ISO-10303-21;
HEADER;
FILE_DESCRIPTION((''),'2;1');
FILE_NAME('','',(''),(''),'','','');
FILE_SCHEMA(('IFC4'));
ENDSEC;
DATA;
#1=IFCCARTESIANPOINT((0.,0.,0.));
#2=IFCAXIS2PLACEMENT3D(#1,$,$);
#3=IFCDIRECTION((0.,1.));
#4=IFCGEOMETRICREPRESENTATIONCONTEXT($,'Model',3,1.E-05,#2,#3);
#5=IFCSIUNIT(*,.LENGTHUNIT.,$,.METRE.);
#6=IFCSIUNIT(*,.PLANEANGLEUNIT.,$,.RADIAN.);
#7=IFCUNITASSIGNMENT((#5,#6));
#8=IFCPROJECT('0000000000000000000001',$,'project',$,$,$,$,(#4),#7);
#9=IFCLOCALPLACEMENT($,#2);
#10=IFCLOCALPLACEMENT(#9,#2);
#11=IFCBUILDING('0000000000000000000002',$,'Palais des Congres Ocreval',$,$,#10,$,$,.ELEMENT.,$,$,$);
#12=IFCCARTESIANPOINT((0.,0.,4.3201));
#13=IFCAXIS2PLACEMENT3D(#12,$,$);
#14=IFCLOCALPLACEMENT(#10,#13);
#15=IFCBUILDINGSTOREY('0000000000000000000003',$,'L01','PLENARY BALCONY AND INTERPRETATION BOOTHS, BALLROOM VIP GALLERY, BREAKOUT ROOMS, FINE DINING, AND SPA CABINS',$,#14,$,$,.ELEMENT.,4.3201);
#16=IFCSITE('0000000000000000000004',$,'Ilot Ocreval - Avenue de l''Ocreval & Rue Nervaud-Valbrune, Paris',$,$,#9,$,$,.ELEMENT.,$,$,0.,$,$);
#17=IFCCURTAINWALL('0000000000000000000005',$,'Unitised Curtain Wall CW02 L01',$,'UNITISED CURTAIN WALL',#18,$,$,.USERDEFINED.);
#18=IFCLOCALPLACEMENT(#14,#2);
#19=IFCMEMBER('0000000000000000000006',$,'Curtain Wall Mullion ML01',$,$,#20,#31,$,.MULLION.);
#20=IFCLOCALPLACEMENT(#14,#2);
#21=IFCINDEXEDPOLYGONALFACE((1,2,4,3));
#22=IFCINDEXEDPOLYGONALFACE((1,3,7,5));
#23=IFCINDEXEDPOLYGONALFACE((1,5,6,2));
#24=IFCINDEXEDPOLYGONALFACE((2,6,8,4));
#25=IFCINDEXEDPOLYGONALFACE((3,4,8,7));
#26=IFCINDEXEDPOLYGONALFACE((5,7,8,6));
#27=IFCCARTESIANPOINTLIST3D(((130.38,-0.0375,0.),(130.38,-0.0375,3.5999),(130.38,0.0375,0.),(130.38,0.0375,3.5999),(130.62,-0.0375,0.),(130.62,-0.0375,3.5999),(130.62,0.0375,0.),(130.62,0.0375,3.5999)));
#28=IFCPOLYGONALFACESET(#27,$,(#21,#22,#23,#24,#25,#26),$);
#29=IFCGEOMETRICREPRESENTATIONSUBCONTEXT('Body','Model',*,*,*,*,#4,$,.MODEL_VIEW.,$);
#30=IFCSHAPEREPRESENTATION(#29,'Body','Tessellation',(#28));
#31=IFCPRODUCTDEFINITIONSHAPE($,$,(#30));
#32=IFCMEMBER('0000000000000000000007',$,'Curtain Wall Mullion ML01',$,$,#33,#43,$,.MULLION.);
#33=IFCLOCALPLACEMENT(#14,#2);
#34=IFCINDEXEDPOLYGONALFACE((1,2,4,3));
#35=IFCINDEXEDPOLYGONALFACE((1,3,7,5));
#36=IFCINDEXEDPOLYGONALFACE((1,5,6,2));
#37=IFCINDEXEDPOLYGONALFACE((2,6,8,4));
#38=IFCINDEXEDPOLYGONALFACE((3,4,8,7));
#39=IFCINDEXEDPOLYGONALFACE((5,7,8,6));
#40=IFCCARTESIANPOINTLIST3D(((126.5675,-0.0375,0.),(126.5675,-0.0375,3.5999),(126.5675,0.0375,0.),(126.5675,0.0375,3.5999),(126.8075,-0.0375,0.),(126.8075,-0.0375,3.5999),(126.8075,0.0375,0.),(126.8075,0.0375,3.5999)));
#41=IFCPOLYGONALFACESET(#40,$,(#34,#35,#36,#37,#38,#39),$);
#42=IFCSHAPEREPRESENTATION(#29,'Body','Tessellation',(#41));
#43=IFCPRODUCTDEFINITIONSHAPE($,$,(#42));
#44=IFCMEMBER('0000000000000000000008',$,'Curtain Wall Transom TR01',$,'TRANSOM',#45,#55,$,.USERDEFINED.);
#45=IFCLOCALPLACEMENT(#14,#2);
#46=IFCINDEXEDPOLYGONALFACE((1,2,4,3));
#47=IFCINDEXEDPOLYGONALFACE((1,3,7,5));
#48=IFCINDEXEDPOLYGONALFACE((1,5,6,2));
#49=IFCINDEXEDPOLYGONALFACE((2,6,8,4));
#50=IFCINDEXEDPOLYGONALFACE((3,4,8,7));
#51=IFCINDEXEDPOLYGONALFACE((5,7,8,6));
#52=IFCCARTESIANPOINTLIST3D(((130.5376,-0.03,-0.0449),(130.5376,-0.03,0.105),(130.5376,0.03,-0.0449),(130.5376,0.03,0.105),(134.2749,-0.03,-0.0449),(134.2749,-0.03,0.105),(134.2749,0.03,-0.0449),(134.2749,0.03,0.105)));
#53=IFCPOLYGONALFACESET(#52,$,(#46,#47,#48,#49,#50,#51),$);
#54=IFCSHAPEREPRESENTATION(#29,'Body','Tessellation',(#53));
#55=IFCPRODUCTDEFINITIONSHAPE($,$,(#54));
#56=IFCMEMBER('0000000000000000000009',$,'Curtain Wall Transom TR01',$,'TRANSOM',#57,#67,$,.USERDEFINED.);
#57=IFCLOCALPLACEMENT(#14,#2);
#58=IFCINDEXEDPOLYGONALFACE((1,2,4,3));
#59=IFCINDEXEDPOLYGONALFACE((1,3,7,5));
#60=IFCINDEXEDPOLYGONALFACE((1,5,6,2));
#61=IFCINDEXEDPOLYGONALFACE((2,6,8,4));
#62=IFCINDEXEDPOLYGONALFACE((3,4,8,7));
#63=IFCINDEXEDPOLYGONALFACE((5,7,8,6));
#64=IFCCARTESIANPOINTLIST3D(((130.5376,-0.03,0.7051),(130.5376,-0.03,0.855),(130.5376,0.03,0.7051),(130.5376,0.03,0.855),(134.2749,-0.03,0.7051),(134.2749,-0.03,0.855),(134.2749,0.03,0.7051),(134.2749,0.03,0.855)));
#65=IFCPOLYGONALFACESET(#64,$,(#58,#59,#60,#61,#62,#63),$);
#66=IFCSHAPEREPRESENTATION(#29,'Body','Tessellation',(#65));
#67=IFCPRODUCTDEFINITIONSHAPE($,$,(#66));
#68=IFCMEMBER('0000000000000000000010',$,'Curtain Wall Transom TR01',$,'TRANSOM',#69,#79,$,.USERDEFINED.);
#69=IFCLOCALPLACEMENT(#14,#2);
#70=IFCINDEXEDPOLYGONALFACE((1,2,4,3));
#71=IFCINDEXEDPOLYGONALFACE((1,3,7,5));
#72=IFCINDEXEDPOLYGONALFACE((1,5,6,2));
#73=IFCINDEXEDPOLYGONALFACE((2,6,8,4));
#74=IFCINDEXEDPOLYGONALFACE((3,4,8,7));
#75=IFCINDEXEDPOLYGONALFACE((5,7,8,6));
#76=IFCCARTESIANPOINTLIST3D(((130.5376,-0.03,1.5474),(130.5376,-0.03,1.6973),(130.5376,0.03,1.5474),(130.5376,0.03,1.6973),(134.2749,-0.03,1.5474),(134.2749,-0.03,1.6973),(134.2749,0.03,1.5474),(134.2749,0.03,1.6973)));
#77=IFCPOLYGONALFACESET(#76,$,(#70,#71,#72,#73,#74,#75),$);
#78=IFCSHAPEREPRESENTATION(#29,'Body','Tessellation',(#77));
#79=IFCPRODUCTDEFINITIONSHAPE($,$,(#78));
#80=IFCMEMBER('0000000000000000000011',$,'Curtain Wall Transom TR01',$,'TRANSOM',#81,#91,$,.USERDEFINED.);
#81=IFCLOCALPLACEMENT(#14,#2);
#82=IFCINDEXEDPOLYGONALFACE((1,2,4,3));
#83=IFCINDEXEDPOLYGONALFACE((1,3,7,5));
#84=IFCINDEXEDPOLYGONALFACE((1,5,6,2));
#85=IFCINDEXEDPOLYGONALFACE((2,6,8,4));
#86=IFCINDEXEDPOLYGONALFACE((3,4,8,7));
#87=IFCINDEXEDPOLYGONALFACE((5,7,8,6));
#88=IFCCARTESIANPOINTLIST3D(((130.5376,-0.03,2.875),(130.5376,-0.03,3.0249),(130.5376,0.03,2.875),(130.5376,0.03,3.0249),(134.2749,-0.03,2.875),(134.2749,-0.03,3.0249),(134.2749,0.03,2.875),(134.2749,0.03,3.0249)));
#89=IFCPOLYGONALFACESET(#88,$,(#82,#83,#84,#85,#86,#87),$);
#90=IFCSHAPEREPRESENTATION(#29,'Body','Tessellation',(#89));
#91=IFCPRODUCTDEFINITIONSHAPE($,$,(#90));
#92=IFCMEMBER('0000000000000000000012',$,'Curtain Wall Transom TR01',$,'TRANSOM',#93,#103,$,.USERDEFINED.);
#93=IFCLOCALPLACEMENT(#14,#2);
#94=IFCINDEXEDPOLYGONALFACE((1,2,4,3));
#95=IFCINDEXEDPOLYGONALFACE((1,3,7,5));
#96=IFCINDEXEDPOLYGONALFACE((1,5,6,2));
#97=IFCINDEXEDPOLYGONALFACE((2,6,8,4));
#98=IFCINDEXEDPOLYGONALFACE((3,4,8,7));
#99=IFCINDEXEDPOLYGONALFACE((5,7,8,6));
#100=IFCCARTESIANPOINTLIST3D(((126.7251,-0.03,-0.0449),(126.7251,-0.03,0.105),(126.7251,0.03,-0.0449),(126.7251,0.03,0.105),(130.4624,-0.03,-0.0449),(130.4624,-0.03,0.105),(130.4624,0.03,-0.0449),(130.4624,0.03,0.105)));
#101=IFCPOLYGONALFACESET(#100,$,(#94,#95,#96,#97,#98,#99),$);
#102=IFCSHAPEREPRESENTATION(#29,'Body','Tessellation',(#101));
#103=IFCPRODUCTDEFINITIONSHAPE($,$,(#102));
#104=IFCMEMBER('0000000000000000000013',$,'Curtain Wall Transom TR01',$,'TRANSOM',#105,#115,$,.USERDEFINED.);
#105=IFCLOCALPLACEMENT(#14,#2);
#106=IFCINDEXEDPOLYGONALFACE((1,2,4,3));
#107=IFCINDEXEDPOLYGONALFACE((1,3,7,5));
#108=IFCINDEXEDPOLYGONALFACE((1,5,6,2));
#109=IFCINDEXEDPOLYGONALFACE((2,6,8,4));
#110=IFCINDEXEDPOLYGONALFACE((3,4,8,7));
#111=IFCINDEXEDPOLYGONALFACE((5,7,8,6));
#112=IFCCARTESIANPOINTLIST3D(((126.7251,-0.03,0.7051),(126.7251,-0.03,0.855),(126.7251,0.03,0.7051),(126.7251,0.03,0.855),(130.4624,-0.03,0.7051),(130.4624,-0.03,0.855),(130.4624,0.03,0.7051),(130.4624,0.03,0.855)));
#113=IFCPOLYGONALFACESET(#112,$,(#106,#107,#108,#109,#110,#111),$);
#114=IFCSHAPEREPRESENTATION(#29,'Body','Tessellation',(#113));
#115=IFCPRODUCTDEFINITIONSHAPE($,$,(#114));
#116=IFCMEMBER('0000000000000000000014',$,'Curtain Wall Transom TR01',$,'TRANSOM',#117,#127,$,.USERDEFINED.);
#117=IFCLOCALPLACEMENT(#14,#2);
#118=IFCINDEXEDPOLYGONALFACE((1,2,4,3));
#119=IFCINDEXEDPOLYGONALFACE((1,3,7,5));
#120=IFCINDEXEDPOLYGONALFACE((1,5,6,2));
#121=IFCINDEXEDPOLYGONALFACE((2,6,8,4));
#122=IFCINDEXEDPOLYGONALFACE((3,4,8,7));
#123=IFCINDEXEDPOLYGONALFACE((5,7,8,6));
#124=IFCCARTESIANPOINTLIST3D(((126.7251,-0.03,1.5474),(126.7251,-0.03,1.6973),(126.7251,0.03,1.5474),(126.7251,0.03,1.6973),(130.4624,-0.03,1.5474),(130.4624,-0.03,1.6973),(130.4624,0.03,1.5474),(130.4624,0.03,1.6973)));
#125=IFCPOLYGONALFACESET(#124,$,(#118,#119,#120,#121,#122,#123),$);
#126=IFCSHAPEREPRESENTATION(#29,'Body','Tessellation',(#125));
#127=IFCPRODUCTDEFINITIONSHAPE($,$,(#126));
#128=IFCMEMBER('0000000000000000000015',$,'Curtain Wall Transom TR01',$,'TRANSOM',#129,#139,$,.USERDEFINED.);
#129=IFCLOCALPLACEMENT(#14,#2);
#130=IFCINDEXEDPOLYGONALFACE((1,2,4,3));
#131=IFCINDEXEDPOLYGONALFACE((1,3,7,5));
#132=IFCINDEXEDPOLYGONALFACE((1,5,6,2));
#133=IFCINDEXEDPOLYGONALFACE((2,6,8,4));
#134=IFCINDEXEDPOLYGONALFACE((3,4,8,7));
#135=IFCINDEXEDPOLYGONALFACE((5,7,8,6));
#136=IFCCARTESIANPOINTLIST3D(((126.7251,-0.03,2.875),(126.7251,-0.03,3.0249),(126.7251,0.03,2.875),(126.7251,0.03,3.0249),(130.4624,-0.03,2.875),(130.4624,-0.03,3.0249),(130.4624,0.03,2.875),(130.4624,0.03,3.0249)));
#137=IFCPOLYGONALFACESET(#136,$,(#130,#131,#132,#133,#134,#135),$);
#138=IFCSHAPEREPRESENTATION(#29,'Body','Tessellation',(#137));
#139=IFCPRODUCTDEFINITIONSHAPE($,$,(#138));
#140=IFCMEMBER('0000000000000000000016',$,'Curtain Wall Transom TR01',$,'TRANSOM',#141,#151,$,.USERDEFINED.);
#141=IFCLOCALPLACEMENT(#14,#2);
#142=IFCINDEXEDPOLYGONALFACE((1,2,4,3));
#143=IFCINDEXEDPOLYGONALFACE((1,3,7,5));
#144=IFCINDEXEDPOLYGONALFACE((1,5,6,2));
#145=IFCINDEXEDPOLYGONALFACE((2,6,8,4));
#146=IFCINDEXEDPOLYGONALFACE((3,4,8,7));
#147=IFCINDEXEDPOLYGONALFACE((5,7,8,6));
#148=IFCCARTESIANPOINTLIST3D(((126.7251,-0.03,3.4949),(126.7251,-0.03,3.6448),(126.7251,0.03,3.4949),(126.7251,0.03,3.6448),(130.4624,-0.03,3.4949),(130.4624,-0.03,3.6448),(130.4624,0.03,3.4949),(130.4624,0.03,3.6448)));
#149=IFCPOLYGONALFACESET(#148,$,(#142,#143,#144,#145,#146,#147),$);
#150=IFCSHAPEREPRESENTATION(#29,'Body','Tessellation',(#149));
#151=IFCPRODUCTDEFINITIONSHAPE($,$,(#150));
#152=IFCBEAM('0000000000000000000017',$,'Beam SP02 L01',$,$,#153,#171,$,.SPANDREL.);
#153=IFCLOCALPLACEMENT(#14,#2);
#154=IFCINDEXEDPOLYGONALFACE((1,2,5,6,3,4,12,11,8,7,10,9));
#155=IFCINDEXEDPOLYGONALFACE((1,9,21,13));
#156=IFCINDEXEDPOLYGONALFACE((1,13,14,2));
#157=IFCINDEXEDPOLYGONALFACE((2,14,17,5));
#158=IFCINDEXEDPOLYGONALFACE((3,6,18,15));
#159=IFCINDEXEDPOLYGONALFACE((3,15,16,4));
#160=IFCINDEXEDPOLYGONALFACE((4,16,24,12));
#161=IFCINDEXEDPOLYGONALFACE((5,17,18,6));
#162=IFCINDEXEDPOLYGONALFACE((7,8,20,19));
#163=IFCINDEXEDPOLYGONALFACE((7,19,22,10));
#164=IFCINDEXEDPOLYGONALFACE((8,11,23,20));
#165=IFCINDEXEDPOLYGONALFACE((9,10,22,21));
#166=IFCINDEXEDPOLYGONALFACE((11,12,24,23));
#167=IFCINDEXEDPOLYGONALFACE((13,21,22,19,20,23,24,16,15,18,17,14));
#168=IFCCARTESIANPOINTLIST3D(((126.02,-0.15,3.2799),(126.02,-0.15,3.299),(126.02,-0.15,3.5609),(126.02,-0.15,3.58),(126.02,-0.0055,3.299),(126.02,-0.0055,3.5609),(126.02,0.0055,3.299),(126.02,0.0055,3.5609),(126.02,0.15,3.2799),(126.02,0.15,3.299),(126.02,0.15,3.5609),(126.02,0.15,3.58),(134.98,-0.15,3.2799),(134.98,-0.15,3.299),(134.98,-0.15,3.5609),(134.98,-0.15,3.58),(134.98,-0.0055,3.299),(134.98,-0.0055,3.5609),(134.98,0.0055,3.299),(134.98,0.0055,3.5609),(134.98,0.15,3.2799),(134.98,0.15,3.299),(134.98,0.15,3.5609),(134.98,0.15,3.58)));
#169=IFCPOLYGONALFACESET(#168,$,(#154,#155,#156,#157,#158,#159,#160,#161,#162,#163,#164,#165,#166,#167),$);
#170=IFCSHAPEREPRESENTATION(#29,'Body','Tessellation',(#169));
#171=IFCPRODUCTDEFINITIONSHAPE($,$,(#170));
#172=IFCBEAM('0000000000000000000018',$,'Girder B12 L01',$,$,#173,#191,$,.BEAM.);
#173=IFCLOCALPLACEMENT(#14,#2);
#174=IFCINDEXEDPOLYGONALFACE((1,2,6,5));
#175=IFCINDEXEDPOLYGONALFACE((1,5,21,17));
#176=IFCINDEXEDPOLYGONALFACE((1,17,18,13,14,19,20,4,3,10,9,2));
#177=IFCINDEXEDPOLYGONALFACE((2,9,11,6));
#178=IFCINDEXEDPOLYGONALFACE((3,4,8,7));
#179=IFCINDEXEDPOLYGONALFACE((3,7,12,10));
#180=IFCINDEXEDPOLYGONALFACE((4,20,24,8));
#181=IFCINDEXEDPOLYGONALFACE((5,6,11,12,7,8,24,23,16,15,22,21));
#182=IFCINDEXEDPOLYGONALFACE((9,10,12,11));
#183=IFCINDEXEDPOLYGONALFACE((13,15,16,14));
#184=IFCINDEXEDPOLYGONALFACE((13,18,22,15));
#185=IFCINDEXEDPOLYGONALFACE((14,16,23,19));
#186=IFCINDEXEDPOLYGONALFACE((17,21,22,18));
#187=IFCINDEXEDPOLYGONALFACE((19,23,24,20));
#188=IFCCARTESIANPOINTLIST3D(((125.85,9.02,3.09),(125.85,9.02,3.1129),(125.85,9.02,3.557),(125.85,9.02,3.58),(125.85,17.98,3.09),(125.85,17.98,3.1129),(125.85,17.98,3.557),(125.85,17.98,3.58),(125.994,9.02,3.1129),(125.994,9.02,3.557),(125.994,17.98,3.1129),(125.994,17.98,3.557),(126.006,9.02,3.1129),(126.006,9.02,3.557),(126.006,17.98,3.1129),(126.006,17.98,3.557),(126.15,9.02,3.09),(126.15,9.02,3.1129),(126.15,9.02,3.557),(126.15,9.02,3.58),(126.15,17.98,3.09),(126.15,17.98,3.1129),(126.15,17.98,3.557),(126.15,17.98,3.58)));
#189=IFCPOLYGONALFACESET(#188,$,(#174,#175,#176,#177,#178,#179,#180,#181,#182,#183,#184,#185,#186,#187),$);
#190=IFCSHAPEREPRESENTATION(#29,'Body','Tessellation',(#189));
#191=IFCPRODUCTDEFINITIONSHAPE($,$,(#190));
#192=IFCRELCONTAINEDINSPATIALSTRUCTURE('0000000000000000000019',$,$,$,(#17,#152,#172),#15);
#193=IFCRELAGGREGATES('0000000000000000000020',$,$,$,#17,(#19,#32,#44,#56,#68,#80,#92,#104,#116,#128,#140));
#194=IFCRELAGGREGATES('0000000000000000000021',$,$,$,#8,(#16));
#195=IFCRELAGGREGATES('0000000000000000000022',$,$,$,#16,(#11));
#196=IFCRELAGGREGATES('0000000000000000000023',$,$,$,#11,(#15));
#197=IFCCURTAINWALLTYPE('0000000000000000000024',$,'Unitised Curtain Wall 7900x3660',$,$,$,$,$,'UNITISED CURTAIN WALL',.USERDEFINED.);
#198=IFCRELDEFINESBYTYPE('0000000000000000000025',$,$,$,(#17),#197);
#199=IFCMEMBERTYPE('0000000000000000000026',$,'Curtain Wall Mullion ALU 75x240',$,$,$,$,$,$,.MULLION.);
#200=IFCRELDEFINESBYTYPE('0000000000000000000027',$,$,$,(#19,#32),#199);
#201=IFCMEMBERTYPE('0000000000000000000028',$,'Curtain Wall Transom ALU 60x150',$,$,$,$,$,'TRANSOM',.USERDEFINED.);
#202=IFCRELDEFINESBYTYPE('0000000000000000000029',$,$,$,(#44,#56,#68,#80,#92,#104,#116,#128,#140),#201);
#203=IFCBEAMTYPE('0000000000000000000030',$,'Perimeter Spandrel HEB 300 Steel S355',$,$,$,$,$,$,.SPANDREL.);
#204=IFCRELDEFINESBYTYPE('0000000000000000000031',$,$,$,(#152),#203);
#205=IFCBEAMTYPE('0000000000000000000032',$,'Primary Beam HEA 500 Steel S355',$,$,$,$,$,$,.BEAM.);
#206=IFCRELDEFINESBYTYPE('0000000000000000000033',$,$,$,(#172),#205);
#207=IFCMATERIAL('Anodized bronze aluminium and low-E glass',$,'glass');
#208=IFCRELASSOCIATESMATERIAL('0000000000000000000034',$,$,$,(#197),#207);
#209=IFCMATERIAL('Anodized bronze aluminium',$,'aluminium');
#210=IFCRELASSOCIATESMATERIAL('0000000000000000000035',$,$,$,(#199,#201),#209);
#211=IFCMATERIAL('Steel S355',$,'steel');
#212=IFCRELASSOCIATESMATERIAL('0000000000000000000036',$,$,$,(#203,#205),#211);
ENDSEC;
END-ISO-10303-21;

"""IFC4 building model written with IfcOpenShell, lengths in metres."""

from ifc_helpers import new_model, si_unit, direction, frame, origin, origin_2d, place, context, subcontext, project, spatial, rectangle, i_section, extrude, material, material_profile, profile_set, type_object, element, aggregate, save


model = new_model("IFC4")

# Units and contexts
model_context = context("Model", 3, precision=1e-05, world=origin(), true_north=direction((0.0, 1.0)))
body_context = subcontext(model_context, "Body", "Model", "MODEL_VIEW")
ifc_project = project(units=[si_unit("LENGTHUNIT", "METRE"), si_unit("PLANEANGLEUNIT", "RADIAN")], contexts=[model_context])

# Site, building, storey
site_placement = place(None, origin())
site = spatial("IfcSite", under=ifc_project, at=site_placement, Name="Ilot Ocreval - Avenue de l'Ocreval & Rue Nervaud-Valbrune, Paris", CompositionType="ELEMENT", RefElevation=0.0)
building_placement = place(site_placement, origin())
building = spatial("IfcBuilding", under=site, at=building_placement, Name="Palais des Congres Ocreval", CompositionType="ELEMENT")
storey_placement = place(building_placement, frame((0.0, 0.0, 4.3201)))
storey = spatial("IfcBuildingStorey", under=building, at=storey_placement, Name="L01", Description="PLENARY BALCONY AND INTERPRETATION BOOTHS, BALLROOM VIP GALLERY, BREAKOUT ROOMS, FINE DINING, AND SPA CABINS", CompositionType="ELEMENT", Elevation=4.3201)

# Curtain wall, members
ifc_material_1 = material(Name="Anodized bronze aluminium and low-E glass", Category="glass")
curtain_wall_type = type_object("IfcCurtainWallType", Name="Unitised Curtain Wall 7900x3660", ElementType="UNITISED CURTAIN WALL", PredefinedType="USERDEFINED", material=ifc_material_1)
curtain_wall_placement = place(storey_placement, origin())
curtain_wall = element("IfcCurtainWall", 1, at=curtain_wall_placement, inside=storey, type_object=curtain_wall_type, Name="Unitised Curtain Wall CW02 L01", ObjectType="UNITISED CURTAIN WALL", PredefinedType="USERDEFINED")
ifc_material_2 = material(Name="Anodized bronze aluminium", Category="aluminium")
ifc_material_profile_1 = material_profile(ifc_material_2, rectangle(XDim=0.075, YDim=0.24, at=origin_2d()), Name="ALU 75x240")
ifc_profile_set_1 = profile_set([ifc_material_profile_1], Name="Anodized bronze aluminium")
member_type_1 = type_object("IfcMemberType", Name="Curtain Wall Mullion ALU 75x240", PredefinedType="MULLION", material=ifc_profile_set_1)
member_1_placement = place(storey_placement, frame((130.5, 0.0, 0.0), z_axis=(0.0, 0.0, 1.0), x_axis=(0.0, -1.0, 0.0)))
member_1 = element("IfcMember", 2, at=member_1_placement, type_object=member_type_1, Name="Curtain Wall Mullion ML01", PredefinedType="MULLION", context=body_context, shape_type="SweptSolid", body=[
    extrude(rectangle(XDim=0.075, YDim=0.24, at=origin_2d()), origin(), (0.0, 0.0, 1.0), 3.5999),
])
member_2_placement = place(storey_placement, frame((126.6875, 0.0, 0.0), z_axis=(0.0, 0.0, 1.0), x_axis=(0.0, -1.0, 0.0)))
member_2 = element("IfcMember", 3, at=member_2_placement, type_object=member_type_1, Name="Curtain Wall Mullion ML01", PredefinedType="MULLION", context=body_context, shape_type="SweptSolid", body=[
    extrude(rectangle(XDim=0.075, YDim=0.24, at=origin_2d()), origin(), (0.0, 0.0, 1.0), 3.5999),
])
ifc_material_profile_2 = material_profile(ifc_material_2, rectangle(XDim=0.0601, YDim=0.1499, at=origin_2d()), Name="ALU 60x150")
ifc_profile_set_2 = profile_set([ifc_material_profile_2], Name="Anodized bronze aluminium")
member_type_2 = type_object("IfcMemberType", Name="Curtain Wall Transom ALU 60x150", ElementType="TRANSOM", PredefinedType="USERDEFINED", material=ifc_profile_set_2)
member_3_placement = place(storey_placement, frame((134.2749, 0.0, 0.03), z_axis=(-1.0, 0.0, 0.0), x_axis=(0.0, -1.0, 0.0)))
member_3 = element("IfcMember", 4, at=member_3_placement, type_object=member_type_2, Name="Curtain Wall Transom TR01", ObjectType="TRANSOM", PredefinedType="USERDEFINED", context=body_context, shape_type="SweptSolid", body=[
    extrude(rectangle(XDim=0.0601, YDim=0.1499, at=origin_2d()), origin(), (0.0, 0.0, 1.0), 3.7373),
])
member_4_placement = place(storey_placement, frame((134.2749, 0.0, 0.78), z_axis=(-1.0, 0.0, 0.0), x_axis=(0.0, -1.0, 0.0)))
member_4 = element("IfcMember", 5, at=member_4_placement, type_object=member_type_2, Name="Curtain Wall Transom TR01", ObjectType="TRANSOM", PredefinedType="USERDEFINED", context=body_context, shape_type="SweptSolid", body=[
    extrude(rectangle(XDim=0.0601, YDim=0.1499, at=origin_2d()), origin(), (0.0, 0.0, 1.0), 3.7373),
])
member_5_placement = place(storey_placement, frame((134.2749, 0.0, 1.6223), z_axis=(-1.0, 0.0, 0.0), x_axis=(0.0, -1.0, 0.0)))
member_5 = element("IfcMember", 6, at=member_5_placement, type_object=member_type_2, Name="Curtain Wall Transom TR01", ObjectType="TRANSOM", PredefinedType="USERDEFINED", context=body_context, shape_type="SweptSolid", body=[
    extrude(rectangle(XDim=0.0601, YDim=0.1499, at=origin_2d()), origin(), (0.0, 0.0, 1.0), 3.7373),
])
member_6_placement = place(storey_placement, frame((134.2749, 0.0, 2.95), z_axis=(-1.0, 0.0, 0.0), x_axis=(0.0, -1.0, 0.0)))
member_6 = element("IfcMember", 7, at=member_6_placement, type_object=member_type_2, Name="Curtain Wall Transom TR01", ObjectType="TRANSOM", PredefinedType="USERDEFINED", context=body_context, shape_type="SweptSolid", body=[
    extrude(rectangle(XDim=0.0601, YDim=0.1499, at=origin_2d()), origin(), (0.0, 0.0, 1.0), 3.7373),
])
member_7_placement = place(storey_placement, frame((130.4624, 0.0, 0.03), z_axis=(-1.0, 0.0, 0.0), x_axis=(0.0, -1.0, 0.0)))
member_7 = element("IfcMember", 8, at=member_7_placement, type_object=member_type_2, Name="Curtain Wall Transom TR01", ObjectType="TRANSOM", PredefinedType="USERDEFINED", context=body_context, shape_type="SweptSolid", body=[
    extrude(rectangle(XDim=0.0601, YDim=0.1499, at=origin_2d()), origin(), (0.0, 0.0, 1.0), 3.7373),
])
member_8_placement = place(storey_placement, frame((130.4624, 0.0, 0.78), z_axis=(-1.0, 0.0, 0.0), x_axis=(0.0, -1.0, 0.0)))
member_8 = element("IfcMember", 9, at=member_8_placement, type_object=member_type_2, Name="Curtain Wall Transom TR01", ObjectType="TRANSOM", PredefinedType="USERDEFINED", context=body_context, shape_type="SweptSolid", body=[
    extrude(rectangle(XDim=0.0601, YDim=0.1499, at=origin_2d()), origin(), (0.0, 0.0, 1.0), 3.7373),
])
member_9_placement = place(storey_placement, frame((130.4624, 0.0, 1.6223), z_axis=(-1.0, 0.0, 0.0), x_axis=(0.0, -1.0, 0.0)))
member_9 = element("IfcMember", 10, at=member_9_placement, type_object=member_type_2, Name="Curtain Wall Transom TR01", ObjectType="TRANSOM", PredefinedType="USERDEFINED", context=body_context, shape_type="SweptSolid", body=[
    extrude(rectangle(XDim=0.0601, YDim=0.1499, at=origin_2d()), origin(), (0.0, 0.0, 1.0), 3.7373),
])
member_10_placement = place(storey_placement, frame((130.4624, 0.0, 2.95), z_axis=(-1.0, 0.0, 0.0), x_axis=(0.0, -1.0, 0.0)))
member_10 = element("IfcMember", 11, at=member_10_placement, type_object=member_type_2, Name="Curtain Wall Transom TR01", ObjectType="TRANSOM", PredefinedType="USERDEFINED", context=body_context, shape_type="SweptSolid", body=[
    extrude(rectangle(XDim=0.0601, YDim=0.1499, at=origin_2d()), origin(), (0.0, 0.0, 1.0), 3.7373),
])
member_11_placement = place(storey_placement, frame((130.4624, 0.0, 3.5698), z_axis=(-1.0, 0.0, 0.0), x_axis=(0.0, -1.0, 0.0)))
member_11 = element("IfcMember", 12, at=member_11_placement, type_object=member_type_2, Name="Curtain Wall Transom TR01", ObjectType="TRANSOM", PredefinedType="USERDEFINED", context=body_context, shape_type="SweptSolid", body=[
    extrude(rectangle(XDim=0.0601, YDim=0.1499, at=origin_2d()), origin(), (0.0, 0.0, 1.0), 3.7373),
])

# Beams
ifc_material_3 = material(Name="Steel S355", Category="steel")
ifc_material_profile_3 = material_profile(ifc_material_3, i_section(OverallWidth=0.3, OverallDepth=0.3, WebThickness=0.011, FlangeThickness=0.019, at=origin_2d()), Name="HEB 300")
ifc_profile_set_3 = profile_set([ifc_material_profile_3], Name="Steel S355")
beam_type_1 = type_object("IfcBeamType", Name="Perimeter Spandrel HEB 300 Steel S355", PredefinedType="SPANDREL", material=ifc_profile_set_3)
beam_1_placement = place(storey_placement, frame((126.02, 0.0, 3.4299), z_axis=(1.0, 0.0, 0.0), x_axis=(0.0, 1.0, 0.0)))
element("IfcBeam", 13, at=beam_1_placement, inside=storey, type_object=beam_type_1, Name="Beam SP02 L01", PredefinedType="SPANDREL", context=body_context, shape_type="SweptSolid", body=[
    extrude(i_section(OverallWidth=0.3, OverallDepth=0.3, WebThickness=0.011, FlangeThickness=0.019, at=origin_2d()), origin(), (0.0, 0.0, 1.0), 8.96),
])
ifc_material_profile_4 = material_profile(ifc_material_3, i_section(OverallWidth=0.3, OverallDepth=0.49, WebThickness=0.012, FlangeThickness=0.0229, at=origin_2d()), Name="HEA 500")
ifc_profile_set_4 = profile_set([ifc_material_profile_4], Name="Steel S355")
beam_type_2 = type_object("IfcBeamType", Name="Primary Beam HEA 500 Steel S355", PredefinedType="BEAM", material=ifc_profile_set_4)
beam_2_placement = place(storey_placement, frame((126.0, 9.02, 3.335), z_axis=(0.0, 1.0, 0.0), x_axis=(-1.0, 0.0, 0.0)))
element("IfcBeam", 14, at=beam_2_placement, inside=storey, type_object=beam_type_2, Name="Girder B12 L01", PredefinedType="BEAM", context=body_context, shape_type="SweptSolid", body=[
    extrude(i_section(OverallWidth=0.3, OverallDepth=0.49, WebThickness=0.012, FlangeThickness=0.0229, at=origin_2d()), origin(), (0.0, 0.0, 1.0), 8.96),
])

aggregate(curtain_wall, [member_1, member_2, member_3, member_4, member_5, member_6, member_7, member_8, member_9, member_10, member_11])

save(model, "model.ifc")
